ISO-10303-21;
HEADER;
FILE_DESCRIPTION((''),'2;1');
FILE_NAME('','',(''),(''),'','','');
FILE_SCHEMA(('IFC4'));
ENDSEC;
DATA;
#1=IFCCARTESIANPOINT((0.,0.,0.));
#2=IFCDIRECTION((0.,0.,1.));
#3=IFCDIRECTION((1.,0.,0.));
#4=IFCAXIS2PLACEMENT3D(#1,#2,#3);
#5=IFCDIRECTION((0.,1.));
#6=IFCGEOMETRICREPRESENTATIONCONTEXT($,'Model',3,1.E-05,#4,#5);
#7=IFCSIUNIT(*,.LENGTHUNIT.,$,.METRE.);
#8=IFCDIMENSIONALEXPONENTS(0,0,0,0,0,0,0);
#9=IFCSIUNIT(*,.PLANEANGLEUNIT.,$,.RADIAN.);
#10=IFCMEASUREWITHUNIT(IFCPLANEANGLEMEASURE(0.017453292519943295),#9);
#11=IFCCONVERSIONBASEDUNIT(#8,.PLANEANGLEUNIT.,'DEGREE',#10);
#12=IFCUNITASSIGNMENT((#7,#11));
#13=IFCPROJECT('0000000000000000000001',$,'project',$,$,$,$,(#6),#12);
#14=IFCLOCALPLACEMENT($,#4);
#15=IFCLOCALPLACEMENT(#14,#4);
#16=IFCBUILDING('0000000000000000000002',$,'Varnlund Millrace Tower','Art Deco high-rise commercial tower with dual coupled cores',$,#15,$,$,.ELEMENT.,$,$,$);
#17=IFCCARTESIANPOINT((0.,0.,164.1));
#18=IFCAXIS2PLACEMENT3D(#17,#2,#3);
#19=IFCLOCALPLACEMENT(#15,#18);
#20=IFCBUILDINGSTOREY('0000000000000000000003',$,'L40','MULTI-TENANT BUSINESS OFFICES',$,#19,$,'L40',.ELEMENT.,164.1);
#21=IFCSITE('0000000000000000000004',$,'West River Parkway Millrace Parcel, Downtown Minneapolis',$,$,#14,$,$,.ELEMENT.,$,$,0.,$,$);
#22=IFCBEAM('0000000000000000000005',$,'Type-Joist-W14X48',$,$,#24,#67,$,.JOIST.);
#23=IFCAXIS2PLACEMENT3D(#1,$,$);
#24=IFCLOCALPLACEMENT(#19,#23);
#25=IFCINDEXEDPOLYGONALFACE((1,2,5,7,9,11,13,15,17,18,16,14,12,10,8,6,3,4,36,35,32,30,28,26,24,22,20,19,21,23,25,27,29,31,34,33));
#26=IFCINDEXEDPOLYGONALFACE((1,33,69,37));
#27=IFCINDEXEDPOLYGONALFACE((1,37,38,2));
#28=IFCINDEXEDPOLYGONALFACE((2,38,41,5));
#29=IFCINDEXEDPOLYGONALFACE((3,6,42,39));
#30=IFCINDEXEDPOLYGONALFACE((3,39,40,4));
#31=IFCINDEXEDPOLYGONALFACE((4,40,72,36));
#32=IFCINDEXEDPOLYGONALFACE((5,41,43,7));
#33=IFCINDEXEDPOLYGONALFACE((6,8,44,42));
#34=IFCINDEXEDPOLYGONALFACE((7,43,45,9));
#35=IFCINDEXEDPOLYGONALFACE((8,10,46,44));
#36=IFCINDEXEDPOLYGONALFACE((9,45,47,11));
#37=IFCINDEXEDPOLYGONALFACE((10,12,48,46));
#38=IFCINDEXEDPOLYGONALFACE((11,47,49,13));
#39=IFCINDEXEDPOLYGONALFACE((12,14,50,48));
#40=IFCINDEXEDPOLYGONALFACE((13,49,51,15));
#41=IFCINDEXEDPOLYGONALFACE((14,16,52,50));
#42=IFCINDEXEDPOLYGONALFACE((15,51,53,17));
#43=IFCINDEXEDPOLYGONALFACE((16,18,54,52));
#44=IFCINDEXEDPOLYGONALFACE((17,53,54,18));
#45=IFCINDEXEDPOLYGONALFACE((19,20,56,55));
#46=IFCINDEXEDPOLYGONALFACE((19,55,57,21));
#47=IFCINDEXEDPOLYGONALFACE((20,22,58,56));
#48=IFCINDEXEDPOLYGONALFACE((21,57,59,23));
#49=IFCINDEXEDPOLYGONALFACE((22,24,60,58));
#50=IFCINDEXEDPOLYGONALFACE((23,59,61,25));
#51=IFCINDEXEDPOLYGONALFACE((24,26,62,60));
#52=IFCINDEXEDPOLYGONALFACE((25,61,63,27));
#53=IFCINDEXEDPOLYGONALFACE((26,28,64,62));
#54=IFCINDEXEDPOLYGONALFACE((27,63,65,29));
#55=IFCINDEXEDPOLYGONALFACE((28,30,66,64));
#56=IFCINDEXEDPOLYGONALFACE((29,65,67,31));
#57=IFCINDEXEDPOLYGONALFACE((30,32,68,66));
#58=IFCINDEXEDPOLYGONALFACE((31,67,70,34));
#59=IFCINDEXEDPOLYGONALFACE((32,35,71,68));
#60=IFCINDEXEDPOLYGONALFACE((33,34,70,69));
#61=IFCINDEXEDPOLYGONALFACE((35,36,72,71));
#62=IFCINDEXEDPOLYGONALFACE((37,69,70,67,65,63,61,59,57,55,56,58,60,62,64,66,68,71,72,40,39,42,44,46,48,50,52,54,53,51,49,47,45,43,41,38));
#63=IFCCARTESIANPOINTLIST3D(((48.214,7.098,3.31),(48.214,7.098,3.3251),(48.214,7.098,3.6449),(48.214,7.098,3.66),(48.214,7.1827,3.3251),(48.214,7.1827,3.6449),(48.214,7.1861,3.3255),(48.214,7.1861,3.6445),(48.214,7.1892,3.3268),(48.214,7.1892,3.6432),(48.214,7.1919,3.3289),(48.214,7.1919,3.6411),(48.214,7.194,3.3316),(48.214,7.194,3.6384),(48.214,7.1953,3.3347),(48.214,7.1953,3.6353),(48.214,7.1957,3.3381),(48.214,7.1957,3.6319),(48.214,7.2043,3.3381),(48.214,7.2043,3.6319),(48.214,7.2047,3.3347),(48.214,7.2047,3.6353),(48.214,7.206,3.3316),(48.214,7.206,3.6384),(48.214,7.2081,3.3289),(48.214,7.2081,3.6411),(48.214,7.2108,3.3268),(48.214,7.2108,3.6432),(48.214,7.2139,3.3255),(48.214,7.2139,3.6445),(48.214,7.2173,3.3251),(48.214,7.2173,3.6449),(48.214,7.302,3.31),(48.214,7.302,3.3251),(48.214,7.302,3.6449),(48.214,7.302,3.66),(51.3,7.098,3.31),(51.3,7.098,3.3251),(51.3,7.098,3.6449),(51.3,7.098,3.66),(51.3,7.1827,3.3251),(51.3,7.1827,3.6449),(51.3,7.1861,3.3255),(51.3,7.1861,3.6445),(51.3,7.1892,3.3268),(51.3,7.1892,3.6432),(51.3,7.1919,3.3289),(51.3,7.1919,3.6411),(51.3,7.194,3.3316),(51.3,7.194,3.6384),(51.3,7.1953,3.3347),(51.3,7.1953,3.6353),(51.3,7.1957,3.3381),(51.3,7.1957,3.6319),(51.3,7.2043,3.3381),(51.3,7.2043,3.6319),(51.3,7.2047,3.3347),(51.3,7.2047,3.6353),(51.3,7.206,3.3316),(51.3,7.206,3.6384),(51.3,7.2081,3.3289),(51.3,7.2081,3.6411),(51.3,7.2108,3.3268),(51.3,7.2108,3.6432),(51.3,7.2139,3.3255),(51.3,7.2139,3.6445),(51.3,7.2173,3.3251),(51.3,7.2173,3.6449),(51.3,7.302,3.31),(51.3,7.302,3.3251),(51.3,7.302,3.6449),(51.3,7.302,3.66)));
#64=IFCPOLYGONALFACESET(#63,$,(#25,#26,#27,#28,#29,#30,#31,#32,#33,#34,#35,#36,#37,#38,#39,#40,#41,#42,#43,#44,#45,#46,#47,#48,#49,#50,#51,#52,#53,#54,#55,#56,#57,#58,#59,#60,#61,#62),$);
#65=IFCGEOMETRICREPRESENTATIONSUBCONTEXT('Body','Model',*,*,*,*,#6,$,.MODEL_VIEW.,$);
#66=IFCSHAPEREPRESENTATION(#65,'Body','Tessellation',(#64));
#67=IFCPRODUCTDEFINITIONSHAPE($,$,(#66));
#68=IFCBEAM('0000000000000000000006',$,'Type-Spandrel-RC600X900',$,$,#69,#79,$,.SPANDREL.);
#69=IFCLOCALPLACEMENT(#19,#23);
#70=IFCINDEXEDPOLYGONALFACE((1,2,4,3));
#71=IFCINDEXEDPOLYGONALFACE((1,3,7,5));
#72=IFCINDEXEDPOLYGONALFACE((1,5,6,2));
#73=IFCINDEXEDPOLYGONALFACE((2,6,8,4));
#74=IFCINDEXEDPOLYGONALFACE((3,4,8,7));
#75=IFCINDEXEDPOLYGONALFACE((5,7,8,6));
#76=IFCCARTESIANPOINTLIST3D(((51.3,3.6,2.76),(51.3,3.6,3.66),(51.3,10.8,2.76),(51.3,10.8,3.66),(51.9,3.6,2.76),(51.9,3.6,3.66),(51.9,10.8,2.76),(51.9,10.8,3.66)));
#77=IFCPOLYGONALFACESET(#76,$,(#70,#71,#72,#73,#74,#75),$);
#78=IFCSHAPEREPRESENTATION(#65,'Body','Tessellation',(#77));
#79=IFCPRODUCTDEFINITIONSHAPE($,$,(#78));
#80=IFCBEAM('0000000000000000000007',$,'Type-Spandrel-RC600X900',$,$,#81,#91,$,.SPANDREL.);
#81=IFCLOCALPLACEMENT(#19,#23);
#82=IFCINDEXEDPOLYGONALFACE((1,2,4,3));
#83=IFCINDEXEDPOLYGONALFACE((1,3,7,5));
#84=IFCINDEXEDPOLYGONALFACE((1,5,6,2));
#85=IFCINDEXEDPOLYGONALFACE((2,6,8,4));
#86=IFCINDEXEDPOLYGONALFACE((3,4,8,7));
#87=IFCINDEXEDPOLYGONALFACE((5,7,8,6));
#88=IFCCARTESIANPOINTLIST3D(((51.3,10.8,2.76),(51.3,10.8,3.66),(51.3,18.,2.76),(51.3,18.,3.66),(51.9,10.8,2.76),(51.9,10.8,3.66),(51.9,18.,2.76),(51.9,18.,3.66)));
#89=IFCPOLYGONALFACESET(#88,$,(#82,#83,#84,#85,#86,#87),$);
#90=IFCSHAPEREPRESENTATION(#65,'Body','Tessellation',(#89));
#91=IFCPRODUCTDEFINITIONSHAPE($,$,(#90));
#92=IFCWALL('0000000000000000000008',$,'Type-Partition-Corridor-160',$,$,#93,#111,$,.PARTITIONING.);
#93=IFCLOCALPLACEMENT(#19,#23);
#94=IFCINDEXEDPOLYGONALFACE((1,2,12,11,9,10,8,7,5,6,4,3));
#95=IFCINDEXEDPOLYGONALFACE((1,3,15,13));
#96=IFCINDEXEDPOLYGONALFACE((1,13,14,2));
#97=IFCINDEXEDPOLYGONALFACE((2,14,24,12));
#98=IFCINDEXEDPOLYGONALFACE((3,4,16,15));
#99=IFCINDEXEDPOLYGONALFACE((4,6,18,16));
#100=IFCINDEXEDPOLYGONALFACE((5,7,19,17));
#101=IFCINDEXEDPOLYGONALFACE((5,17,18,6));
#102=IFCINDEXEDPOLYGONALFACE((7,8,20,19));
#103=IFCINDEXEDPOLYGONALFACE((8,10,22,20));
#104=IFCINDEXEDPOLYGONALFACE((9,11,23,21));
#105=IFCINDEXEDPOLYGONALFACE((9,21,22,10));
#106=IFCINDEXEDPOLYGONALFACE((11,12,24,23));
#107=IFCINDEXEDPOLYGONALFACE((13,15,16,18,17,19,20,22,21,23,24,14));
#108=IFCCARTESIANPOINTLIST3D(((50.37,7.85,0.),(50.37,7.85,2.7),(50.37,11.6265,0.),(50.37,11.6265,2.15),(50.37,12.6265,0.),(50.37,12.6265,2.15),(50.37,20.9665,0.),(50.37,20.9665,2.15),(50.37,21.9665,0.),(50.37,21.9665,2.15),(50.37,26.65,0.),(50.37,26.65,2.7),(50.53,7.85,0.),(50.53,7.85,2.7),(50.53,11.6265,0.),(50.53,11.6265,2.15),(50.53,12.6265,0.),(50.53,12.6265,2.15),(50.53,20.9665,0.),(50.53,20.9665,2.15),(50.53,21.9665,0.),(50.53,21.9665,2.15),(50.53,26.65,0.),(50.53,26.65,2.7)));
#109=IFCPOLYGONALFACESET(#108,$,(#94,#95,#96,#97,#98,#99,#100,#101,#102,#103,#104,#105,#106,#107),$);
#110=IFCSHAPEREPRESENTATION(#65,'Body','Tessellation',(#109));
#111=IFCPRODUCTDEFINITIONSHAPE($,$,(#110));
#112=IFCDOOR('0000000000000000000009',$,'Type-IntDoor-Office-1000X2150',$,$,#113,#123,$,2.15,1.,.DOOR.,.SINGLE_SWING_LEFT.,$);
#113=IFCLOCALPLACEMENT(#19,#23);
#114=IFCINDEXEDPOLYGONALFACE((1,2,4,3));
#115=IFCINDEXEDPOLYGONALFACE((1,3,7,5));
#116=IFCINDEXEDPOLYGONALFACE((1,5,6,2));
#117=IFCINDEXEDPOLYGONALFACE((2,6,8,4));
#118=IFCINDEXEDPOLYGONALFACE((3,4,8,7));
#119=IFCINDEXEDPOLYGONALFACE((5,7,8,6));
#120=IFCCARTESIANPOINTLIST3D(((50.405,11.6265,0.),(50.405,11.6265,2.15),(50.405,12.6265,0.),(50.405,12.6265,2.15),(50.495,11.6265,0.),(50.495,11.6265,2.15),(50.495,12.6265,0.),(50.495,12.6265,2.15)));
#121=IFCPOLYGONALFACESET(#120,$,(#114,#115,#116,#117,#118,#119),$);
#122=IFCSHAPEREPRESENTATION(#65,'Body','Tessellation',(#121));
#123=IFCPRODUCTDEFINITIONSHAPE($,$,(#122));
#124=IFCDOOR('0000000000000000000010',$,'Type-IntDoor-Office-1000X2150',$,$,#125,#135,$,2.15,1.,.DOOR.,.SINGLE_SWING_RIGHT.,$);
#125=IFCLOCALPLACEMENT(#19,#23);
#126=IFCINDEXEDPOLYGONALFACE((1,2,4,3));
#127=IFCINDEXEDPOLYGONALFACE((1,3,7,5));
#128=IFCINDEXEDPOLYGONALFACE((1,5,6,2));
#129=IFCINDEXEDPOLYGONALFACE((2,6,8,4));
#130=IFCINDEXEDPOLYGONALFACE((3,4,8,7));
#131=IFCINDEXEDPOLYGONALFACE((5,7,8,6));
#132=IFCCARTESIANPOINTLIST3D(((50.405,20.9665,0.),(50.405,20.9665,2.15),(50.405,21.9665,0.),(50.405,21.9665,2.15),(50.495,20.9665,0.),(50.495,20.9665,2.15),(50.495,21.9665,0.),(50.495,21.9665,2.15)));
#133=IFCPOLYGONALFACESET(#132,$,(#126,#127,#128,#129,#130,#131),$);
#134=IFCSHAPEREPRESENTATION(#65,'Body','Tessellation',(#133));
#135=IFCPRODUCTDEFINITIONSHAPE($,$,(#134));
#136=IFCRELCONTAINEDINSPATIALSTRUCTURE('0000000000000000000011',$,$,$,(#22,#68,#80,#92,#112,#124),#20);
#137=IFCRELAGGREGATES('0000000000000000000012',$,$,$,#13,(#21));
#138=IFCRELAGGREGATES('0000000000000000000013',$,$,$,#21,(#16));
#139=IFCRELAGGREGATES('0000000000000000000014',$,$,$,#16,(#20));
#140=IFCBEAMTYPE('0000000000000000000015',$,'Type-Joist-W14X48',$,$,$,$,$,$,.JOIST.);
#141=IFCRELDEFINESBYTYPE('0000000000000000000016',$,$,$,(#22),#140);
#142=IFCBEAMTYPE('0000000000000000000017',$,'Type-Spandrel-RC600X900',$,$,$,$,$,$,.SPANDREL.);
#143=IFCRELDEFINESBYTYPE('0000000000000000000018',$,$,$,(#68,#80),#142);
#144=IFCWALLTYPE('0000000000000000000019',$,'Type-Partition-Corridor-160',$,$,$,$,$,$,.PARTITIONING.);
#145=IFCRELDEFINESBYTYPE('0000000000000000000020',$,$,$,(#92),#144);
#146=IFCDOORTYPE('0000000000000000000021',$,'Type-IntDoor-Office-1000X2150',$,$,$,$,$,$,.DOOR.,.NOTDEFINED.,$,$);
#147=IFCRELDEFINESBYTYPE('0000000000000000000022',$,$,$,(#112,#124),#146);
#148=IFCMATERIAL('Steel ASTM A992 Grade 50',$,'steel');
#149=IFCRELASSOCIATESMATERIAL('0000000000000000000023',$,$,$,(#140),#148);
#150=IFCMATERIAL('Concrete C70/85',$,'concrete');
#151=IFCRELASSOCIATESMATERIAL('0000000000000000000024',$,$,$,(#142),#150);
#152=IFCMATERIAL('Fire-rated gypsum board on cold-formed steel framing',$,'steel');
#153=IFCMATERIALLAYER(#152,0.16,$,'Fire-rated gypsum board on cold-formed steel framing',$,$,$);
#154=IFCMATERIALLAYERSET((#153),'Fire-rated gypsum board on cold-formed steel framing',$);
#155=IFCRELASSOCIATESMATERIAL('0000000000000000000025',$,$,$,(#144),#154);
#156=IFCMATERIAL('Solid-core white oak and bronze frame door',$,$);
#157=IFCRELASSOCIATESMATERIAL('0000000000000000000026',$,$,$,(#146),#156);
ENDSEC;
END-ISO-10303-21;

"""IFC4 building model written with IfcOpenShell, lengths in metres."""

from ifc_helpers import new_model, entity, si_unit, converted_unit, direction, frame, origin_with_axes, origin_2d_with_axis, place, context, subcontext, project, spatial, polyline, rectangle, i_section, outline, extrude, material, layer, layer_set, material_profile, profile_set, type_object, element, fill, save


model = new_model("IFC4")

# Units and contexts
model_context = context("Model", 3, precision=1e-05, world=origin_with_axes(), true_north=direction((0.0, 1.0)))
body_context = subcontext(model_context, "Body", "Model", "MODEL_VIEW")
ifc_project = project(units=[si_unit("LENGTHUNIT", "METRE"), converted_unit("PLANEANGLEUNIT", "DEGREE", entity("IfcPlaneAngleMeasure", 0.017453292519943295), si_unit("PLANEANGLEUNIT", "RADIAN"), dimensions=[0, 0, 0, 0, 0, 0, 0])], contexts=[model_context])

# Site, building, storey
site_placement = place(None, origin_with_axes())
site = spatial("IfcSite", under=ifc_project, at=site_placement, Name="West River Parkway Millrace Parcel, Downtown Minneapolis", CompositionType="ELEMENT", RefElevation=0.0)
building_placement = place(site_placement, origin_with_axes())
building = spatial("IfcBuilding", under=site, at=building_placement, Name="Varnlund Millrace Tower", Description="Art Deco high-rise commercial tower with dual coupled cores", CompositionType="ELEMENT")
storey_placement = place(building_placement, frame((0.0, 0.0, 164.1), z_axis=(0.0, 0.0, 1.0), x_axis=(1.0, 0.0, 0.0)))
storey = spatial("IfcBuildingStorey", under=building, at=storey_placement, Name="L40", Description="MULTI-TENANT BUSINESS OFFICES", LongName="L40", CompositionType="ELEMENT", Elevation=164.1)

# Beams
ifc_material_1 = material(Name="Steel ASTM A992 Grade 50", Category="steel")
ifc_material_profile_1 = material_profile(ifc_material_1, i_section(OverallWidth=0.204, OverallDepth=0.35, WebThickness=0.0086, FlangeThickness=0.0151, FilletRadius=0.013, at=origin_2d_with_axis()), Name="Steel ASTM A992 Grade 50")
ifc_profile_set_1 = profile_set([ifc_material_profile_1], Name="Steel ASTM A992 Grade 50")
beam_type_1 = type_object("IfcBeamType", Name="Type-Joist-W14X48", PredefinedType="JOIST", material=ifc_profile_set_1)
beam_1_placement = place(storey_placement, frame((48.214, 7.2, 3.485), z_axis=(1.0, 0.0, 0.0), x_axis=(0.0, 1.0, 0.0)))
element("IfcBeam", 1, at=beam_1_placement, inside=storey, type_object=beam_type_1, Name="Type-Joist-W14X48", PredefinedType="JOIST", context=body_context, shape_type="SweptSolid", body=[
    extrude(i_section(OverallWidth=0.204, OverallDepth=0.35, WebThickness=0.0086, FlangeThickness=0.0151, FilletRadius=0.013, at=origin_2d_with_axis()), origin_with_axes(), (0.0, 0.0, 1.0), 3.086),
])
ifc_material_2 = material(Name="Concrete C70/85", Category="concrete")
ifc_material_profile_2 = material_profile(ifc_material_2, rectangle(XDim=0.6, YDim=0.9, at=origin_2d_with_axis()), Name="Concrete C70/85")
ifc_profile_set_2 = profile_set([ifc_material_profile_2], Name="Concrete C70/85")
beam_type_2 = type_object("IfcBeamType", Name="Type-Spandrel-RC600X900", PredefinedType="SPANDREL", material=ifc_profile_set_2)
for number, where, z_axis, x_axis, name in (
    (2, (51.6, 3.6, 3.21), (0.0, 1.0, 0.0), (-1.0, 0.0, 0.0), "Type-Spandrel-RC600X900"),
    (3, (51.6, 10.8, 3.21), (0.0, 1.0, 0.0), (-1.0, 0.0, 0.0), "Type-Spandrel-RC600X900"),
):
    element("IfcBeam", number, at=place(storey_placement, frame(where, z_axis=z_axis, x_axis=x_axis)), inside=storey, type_object=beam_type_2, Name=name, PredefinedType="SPANDREL", context=body_context, shape_type="SweptSolid", body=[
        extrude(rectangle(XDim=0.6, YDim=0.9, at=origin_2d_with_axis()), origin_with_axes(), (0.0, 0.0, 1.0), 7.2),
    ])

# Wall, openings, doors
ifc_material_3 = material(Name="Fire-rated gypsum board on cold-formed steel framing", Category="steel")
ifc_layer = layer(ifc_material_3, 0.16, Name="Fire-rated gypsum board on cold-formed steel framing")
ifc_layer_set = layer_set([ifc_layer], Name="Fire-rated gypsum board on cold-formed steel framing")
wall_type = type_object("IfcWallType", Name="Type-Partition-Corridor-160", PredefinedType="PARTITIONING", material=ifc_layer_set)
wall_placement = place(storey_placement, frame((50.45, 7.85, 0.0), z_axis=(0.0, 0.0, 1.0), x_axis=(0.0, 1.0, 0.0)))
wall = element("IfcWall", 4, at=wall_placement, inside=storey, type_object=wall_type, Name="Type-Partition-Corridor-160", PredefinedType="PARTITIONING", context=body_context, shape_type="SweptSolid", body=[
    extrude(outline(polyline([(0.0, -0.08), (18.8, -0.08), (18.8, 0.08), (0.0, 0.08), (0.0, -0.08)])), origin_with_axes(), (0.0, 0.0, 1.0), 2.7),
])
opening_1_placement = place(wall_placement, frame((4.2765, 0.0, 0.0), z_axis=(0.0, 0.0, 1.0), x_axis=(1.0, 0.0, 0.0)))
opening_1 = element("IfcOpeningElement", 5, at=opening_1_placement, cuts=wall, PredefinedType="OPENING", context=body_context, shape_type="SweptSolid", body=[
    extrude(rectangle(XDim=1.0, YDim=0.18, at=origin_2d_with_axis()), origin_with_axes(), (0.0, 0.0, 1.0), 2.15),
])
opening_2_placement = place(wall_placement, frame((13.6165, 0.0, 0.0), z_axis=(0.0, 0.0, 1.0), x_axis=(1.0, 0.0, 0.0)))
opening_2 = element("IfcOpeningElement", 6, at=opening_2_placement, cuts=wall, PredefinedType="OPENING", context=body_context, shape_type="SweptSolid", body=[
    extrude(rectangle(XDim=1.0, YDim=0.18, at=origin_2d_with_axis()), origin_with_axes(), (0.0, 0.0, 1.0), 2.15),
])
ifc_material_4 = material(Name="Solid-core white oak and bronze frame door")
door_type = type_object("IfcDoorType", Name="Type-IntDoor-Office-1000X2150", OperationType="NOTDEFINED", PredefinedType="DOOR", material=ifc_material_4)
door_1_placement = place(wall_placement, frame((4.2765, 0.0, 0.0), z_axis=(0.0, 0.0, 1.0), x_axis=(1.0, 0.0, 0.0)))
door_1 = element("IfcDoor", 7, at=door_1_placement, inside=storey, type_object=door_type, Name="Type-IntDoor-Office-1000X2150", OperationType="SINGLE_SWING_LEFT", OverallHeight=2.15, OverallWidth=1.0, PredefinedType="DOOR", context=body_context, shape_type="SweptSolid", body=[
    extrude(rectangle(XDim=1.0, YDim=0.09, at=origin_2d_with_axis()), origin_with_axes(), (0.0, 0.0, 1.0), 2.15),
])
fill(opening_1, door_1)
door_2_placement = place(wall_placement, frame((13.6165, 0.0, 0.0), z_axis=(0.0, 0.0, 1.0), x_axis=(1.0, 0.0, 0.0)))
door_2 = element("IfcDoor", 8, at=door_2_placement, inside=storey, type_object=door_type, Name="Type-IntDoor-Office-1000X2150", OperationType="SINGLE_SWING_RIGHT", OverallHeight=2.15, OverallWidth=1.0, PredefinedType="DOOR", context=body_context, shape_type="SweptSolid", body=[
    extrude(rectangle(XDim=1.0, YDim=0.09, at=origin_2d_with_axis()), origin_with_axes(), (0.0, 0.0, 1.0), 2.15),
])
fill(opening_2, door_2)

save(model, "model.ifc")
